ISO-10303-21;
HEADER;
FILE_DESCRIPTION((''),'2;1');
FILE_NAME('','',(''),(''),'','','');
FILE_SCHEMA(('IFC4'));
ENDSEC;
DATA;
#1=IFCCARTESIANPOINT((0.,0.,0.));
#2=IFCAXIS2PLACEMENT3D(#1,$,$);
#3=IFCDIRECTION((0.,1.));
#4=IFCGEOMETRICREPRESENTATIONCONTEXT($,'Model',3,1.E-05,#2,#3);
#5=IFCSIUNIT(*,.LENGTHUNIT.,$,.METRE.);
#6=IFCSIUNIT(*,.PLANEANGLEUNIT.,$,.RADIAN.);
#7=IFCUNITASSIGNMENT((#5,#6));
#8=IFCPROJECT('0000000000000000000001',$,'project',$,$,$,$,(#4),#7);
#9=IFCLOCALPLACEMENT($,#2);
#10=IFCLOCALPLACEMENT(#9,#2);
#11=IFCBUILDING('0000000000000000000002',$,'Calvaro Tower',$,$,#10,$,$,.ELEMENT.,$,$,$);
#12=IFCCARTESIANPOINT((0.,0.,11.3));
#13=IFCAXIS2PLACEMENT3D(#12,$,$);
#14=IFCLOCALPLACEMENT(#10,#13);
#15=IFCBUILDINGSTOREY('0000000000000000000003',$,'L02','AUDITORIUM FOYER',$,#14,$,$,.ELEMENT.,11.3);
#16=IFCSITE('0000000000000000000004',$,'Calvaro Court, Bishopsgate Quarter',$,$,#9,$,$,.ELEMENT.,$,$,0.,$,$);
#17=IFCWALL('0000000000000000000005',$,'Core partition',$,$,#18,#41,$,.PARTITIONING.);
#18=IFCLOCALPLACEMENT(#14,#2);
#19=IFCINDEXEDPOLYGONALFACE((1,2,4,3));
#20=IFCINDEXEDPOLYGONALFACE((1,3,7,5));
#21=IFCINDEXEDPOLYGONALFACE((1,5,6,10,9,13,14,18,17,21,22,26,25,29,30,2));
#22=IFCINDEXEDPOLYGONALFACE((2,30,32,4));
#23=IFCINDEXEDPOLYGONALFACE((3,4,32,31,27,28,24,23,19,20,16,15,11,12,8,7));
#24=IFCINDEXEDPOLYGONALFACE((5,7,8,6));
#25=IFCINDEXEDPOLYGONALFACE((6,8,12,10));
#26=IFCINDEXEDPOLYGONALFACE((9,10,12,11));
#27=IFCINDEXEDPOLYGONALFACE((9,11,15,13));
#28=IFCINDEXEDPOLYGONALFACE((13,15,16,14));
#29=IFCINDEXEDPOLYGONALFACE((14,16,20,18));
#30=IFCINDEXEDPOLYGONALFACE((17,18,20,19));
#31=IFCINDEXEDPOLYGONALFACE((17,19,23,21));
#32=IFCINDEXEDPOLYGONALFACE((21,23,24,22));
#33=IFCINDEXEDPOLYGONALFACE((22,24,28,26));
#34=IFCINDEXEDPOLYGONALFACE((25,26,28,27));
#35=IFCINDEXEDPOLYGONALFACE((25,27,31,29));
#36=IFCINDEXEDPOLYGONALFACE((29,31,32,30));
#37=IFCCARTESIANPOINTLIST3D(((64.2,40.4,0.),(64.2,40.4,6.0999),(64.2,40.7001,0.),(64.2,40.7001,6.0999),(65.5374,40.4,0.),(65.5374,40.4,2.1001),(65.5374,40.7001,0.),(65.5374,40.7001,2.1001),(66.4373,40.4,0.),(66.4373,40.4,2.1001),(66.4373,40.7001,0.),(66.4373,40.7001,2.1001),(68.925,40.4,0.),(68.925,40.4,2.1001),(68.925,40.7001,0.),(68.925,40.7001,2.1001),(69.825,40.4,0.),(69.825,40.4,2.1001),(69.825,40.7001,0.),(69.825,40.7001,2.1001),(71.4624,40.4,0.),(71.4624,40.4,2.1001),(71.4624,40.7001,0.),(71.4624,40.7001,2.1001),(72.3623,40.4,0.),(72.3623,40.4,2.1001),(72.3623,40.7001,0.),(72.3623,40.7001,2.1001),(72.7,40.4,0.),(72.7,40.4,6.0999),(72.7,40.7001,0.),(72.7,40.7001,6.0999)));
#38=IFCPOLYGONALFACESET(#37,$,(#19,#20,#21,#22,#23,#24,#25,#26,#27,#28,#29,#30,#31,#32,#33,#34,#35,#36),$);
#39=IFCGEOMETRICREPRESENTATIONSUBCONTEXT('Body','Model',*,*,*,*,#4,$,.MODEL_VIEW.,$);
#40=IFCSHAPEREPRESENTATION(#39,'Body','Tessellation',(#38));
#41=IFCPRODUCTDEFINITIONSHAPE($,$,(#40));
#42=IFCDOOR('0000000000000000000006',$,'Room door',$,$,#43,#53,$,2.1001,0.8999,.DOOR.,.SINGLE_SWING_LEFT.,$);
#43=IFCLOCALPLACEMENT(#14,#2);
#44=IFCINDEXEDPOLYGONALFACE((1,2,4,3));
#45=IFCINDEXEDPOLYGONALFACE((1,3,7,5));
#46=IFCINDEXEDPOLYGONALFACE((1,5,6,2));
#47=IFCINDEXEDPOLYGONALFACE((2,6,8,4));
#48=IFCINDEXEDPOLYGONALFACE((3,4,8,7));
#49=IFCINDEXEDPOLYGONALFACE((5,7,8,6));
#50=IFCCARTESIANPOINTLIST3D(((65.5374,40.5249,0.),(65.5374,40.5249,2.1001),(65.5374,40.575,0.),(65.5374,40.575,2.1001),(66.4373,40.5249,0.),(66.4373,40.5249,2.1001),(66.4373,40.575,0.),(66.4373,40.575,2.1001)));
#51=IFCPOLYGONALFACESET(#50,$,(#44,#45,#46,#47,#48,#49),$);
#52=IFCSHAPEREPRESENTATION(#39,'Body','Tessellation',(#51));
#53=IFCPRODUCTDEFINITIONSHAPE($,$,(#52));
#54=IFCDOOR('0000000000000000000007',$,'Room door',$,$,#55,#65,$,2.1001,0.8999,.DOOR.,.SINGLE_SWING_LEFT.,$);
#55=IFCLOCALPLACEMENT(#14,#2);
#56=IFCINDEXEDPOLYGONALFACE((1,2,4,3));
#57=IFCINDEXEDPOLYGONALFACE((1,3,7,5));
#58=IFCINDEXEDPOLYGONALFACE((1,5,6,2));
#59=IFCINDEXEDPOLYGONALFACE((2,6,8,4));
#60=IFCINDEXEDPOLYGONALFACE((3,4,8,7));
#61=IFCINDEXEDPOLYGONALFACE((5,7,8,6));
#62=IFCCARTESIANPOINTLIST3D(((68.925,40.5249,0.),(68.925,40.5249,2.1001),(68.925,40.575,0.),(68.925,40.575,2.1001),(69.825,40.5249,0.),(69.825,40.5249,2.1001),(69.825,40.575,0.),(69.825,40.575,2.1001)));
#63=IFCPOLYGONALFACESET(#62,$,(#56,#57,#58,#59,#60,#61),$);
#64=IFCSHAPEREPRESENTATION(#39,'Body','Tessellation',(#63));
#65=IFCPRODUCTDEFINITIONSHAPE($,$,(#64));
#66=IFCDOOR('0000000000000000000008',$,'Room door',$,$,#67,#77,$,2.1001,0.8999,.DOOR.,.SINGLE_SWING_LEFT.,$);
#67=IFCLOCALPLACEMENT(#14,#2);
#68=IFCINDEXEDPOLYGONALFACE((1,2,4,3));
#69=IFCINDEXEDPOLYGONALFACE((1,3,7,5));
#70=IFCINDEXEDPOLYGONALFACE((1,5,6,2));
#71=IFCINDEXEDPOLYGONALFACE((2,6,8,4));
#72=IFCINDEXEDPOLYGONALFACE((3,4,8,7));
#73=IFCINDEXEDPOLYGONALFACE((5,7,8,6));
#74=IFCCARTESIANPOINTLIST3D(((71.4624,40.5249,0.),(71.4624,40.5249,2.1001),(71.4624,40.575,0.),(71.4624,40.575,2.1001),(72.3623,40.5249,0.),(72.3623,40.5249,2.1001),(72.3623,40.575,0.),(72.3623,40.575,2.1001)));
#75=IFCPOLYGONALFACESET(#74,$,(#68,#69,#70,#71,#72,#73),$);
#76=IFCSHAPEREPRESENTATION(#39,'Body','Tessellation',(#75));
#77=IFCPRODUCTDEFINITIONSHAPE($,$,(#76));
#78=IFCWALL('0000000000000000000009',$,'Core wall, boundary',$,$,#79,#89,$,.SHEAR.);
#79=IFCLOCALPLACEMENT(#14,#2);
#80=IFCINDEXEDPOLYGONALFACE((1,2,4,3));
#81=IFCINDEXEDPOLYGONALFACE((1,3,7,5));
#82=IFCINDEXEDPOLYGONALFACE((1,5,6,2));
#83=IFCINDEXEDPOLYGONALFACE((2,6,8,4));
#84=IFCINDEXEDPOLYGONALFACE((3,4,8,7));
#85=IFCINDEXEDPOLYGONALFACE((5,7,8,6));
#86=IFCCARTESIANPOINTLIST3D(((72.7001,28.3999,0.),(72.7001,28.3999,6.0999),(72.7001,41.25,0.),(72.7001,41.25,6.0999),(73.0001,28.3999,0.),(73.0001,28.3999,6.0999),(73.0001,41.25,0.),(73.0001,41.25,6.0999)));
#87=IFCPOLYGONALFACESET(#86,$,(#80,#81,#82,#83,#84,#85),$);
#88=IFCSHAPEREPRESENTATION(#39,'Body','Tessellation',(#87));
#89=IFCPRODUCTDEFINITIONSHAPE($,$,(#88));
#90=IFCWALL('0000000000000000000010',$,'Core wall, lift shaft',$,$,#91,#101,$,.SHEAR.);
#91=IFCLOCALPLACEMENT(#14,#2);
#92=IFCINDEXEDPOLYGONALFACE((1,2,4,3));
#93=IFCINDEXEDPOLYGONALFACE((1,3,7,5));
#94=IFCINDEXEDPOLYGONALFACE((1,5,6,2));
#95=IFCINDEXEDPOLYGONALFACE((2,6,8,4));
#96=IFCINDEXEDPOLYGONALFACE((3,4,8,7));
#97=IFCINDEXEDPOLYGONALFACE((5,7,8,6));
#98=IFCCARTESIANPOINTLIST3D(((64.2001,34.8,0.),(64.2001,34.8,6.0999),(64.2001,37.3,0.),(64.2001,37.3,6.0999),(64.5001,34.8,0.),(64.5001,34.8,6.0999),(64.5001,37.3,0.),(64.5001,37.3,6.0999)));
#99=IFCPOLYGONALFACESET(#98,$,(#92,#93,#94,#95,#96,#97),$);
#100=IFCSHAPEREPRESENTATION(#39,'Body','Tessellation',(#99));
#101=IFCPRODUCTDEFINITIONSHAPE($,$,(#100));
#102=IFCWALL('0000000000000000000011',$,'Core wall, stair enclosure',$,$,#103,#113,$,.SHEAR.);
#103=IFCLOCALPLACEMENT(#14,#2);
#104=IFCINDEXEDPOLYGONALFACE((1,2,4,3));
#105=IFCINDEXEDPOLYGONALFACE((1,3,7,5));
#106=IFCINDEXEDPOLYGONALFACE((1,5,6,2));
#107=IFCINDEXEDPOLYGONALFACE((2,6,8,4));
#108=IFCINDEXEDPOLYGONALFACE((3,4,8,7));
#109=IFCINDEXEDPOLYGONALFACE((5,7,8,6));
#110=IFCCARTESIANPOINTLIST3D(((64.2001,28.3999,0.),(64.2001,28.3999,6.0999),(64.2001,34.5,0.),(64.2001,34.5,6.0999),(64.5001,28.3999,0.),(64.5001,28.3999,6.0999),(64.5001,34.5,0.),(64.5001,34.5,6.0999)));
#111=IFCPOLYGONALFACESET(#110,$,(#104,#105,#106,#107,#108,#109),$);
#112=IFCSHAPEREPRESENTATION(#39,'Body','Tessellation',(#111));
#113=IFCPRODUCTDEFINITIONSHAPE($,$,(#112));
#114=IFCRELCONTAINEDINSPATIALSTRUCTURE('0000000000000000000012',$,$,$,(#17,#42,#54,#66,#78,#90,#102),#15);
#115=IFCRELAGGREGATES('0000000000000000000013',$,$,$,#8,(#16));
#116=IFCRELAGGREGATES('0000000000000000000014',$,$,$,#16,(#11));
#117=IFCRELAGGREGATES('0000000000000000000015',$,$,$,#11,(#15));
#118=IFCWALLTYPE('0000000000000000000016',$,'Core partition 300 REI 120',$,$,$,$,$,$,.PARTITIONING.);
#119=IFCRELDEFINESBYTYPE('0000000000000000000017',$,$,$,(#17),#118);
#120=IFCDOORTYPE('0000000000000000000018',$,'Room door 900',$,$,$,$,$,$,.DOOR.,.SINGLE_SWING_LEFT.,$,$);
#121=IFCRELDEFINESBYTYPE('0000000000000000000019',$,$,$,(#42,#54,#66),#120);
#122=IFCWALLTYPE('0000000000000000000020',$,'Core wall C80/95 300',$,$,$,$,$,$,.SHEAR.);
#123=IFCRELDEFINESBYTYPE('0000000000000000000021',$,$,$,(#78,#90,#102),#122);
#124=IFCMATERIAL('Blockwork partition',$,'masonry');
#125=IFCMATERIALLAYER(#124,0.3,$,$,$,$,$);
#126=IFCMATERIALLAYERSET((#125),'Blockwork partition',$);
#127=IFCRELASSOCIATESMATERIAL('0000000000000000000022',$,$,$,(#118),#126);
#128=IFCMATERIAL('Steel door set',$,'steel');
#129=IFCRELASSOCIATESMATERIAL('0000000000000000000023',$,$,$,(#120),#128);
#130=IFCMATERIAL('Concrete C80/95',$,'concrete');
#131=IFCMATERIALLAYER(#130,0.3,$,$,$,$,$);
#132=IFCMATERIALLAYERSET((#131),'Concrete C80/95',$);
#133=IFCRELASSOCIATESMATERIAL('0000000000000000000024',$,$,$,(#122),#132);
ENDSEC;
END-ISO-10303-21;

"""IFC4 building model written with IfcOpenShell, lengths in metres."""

from ifc_helpers import new_model, si_unit, direction, frame, frame_2d, origin, place, context, subcontext, project, spatial, rectangle, extrude, material, layer, layer_set, type_object, element, fill, save


model = new_model("IFC4")

# Units and contexts
model_context = context("Model", 3, precision=1e-05, world=origin(), true_north=direction((0.0, 1.0)))
body_context = subcontext(model_context, "Body", "Model", "MODEL_VIEW")
ifc_project = project(units=[si_unit("LENGTHUNIT", "METRE"), si_unit("PLANEANGLEUNIT", "RADIAN")], contexts=[model_context])

# Site, building, storey
site_placement = place(None, origin())
site = spatial("IfcSite", under=ifc_project, at=site_placement, Name="Calvaro Court, Bishopsgate Quarter", CompositionType="ELEMENT", RefElevation=0.0)
building_placement = place(site_placement, origin())
building = spatial("IfcBuilding", under=site, at=building_placement, Name="Calvaro Tower", CompositionType="ELEMENT")
storey_placement = place(building_placement, frame((0.0, 0.0, 11.3)))
storey = spatial("IfcBuildingStorey", under=building, at=storey_placement, Name="L02", Description="AUDITORIUM FOYER", CompositionType="ELEMENT", Elevation=11.3)

# Wall, openings, doors
ifc_material_1 = material(Name="Blockwork partition", Category="masonry")
ifc_layer_1 = layer(ifc_material_1, 0.3)
ifc_layer_set_1 = layer_set([ifc_layer_1], Name="Blockwork partition")
wall_type_1 = type_object("IfcWallType", Name="Core partition 300 REI 120", PredefinedType="PARTITIONING", material=ifc_layer_set_1)
wall_1_placement = place(storey_placement, frame((64.2, 40.55, 0.0), z_axis=(0.0, 0.0, 1.0), x_axis=(1.0, 0.0, 0.0)))
wall_1 = element("IfcWall", 1, at=wall_1_placement, inside=storey, type_object=wall_type_1, Name="Core partition", PredefinedType="PARTITIONING", context=body_context, shape_type="SweptSolid", body=[
    extrude(rectangle(XDim=8.5, YDim=0.3, at=frame_2d((4.25, 0.0))), origin(), (0.0, 0.0, 1.0), 6.0999),
])
opening_1_placement = place(wall_1_placement, frame((1.3374, 0.0, 0.0)))
opening_1 = element("IfcOpeningElement", 2, at=opening_1_placement, cuts=wall_1, PredefinedType="OPENING", context=body_context, shape_type="SweptSolid", body=[
    extrude(rectangle(XDim=0.8999, YDim=2.1001, at=frame_2d((0.45, 1.05))), frame((0.0, 0.1599, 0.0), z_axis=(0.0, -1.0, 0.0), x_axis=(1.0, 0.0, 0.0)), (0.0, 0.0, 1.0), 0.3201),
])
opening_2_placement = place(wall_1_placement, frame((4.7251, 0.0, 0.0)))
opening_2 = element("IfcOpeningElement", 3, at=opening_2_placement, cuts=wall_1, PredefinedType="OPENING", context=body_context, shape_type="SweptSolid", body=[
    extrude(rectangle(XDim=0.8999, YDim=2.1001, at=frame_2d((0.45, 1.05))), frame((0.0, 0.1599, 0.0), z_axis=(0.0, -1.0, 0.0), x_axis=(1.0, 0.0, 0.0)), (0.0, 0.0, 1.0), 0.3201),
])
opening_3_placement = place(wall_1_placement, frame((7.2625, 0.0, 0.0)))
opening_3 = element("IfcOpeningElement", 4, at=opening_3_placement, cuts=wall_1, PredefinedType="OPENING", context=body_context, shape_type="SweptSolid", body=[
    extrude(rectangle(XDim=0.8999, YDim=2.1001, at=frame_2d((0.45, 1.05))), frame((0.0, 0.1599, 0.0), z_axis=(0.0, -1.0, 0.0), x_axis=(1.0, 0.0, 0.0)), (0.0, 0.0, 1.0), 0.3201),
])
ifc_material_2 = material(Name="Steel door set", Category="steel")
door_type_1 = type_object("IfcDoorType", Name="Room door 900", OperationType="SINGLE_SWING_LEFT", PredefinedType="DOOR", material=ifc_material_2)
door_1_placement = place(opening_1_placement, origin())
door_1 = element("IfcDoor", 5, at=door_1_placement, inside=storey, type_object=door_type_1, Name="Room door", OperationType="SINGLE_SWING_LEFT", OverallHeight=2.1001, OverallWidth=0.8999, PredefinedType="DOOR", context=body_context, shape_type="SweptSolid", body=[
    extrude(rectangle(XDim=0.8999, YDim=2.1001, at=frame_2d((0.45, 1.05))), frame((0.0, 0.0249, 0.0), z_axis=(0.0, -1.0, 0.0), x_axis=(1.0, 0.0, 0.0)), (0.0, 0.0, 1.0), 0.05),
])
fill(opening_1, door_1)
door_2_placement = place(opening_2_placement, origin())
door_2 = element("IfcDoor", 6, at=door_2_placement, inside=storey, type_object=door_type_1, Name="Room door", OperationType="SINGLE_SWING_LEFT", OverallHeight=2.1001, OverallWidth=0.8999, PredefinedType="DOOR", context=body_context, shape_type="SweptSolid", body=[
    extrude(rectangle(XDim=0.8999, YDim=2.1001, at=frame_2d((0.45, 1.05))), frame((0.0, 0.0249, 0.0), z_axis=(0.0, -1.0, 0.0), x_axis=(1.0, 0.0, 0.0)), (0.0, 0.0, 1.0), 0.05),
])
fill(opening_2, door_2)
door_3_placement = place(opening_3_placement, origin())
door_3 = element("IfcDoor", 7, at=door_3_placement, inside=storey, type_object=door_type_1, Name="Room door", OperationType="SINGLE_SWING_LEFT", OverallHeight=2.1001, OverallWidth=0.8999, PredefinedType="DOOR", context=body_context, shape_type="SweptSolid", body=[
    extrude(rectangle(XDim=0.8999, YDim=2.1001, at=frame_2d((0.45, 1.05))), frame((0.0, 0.0249, 0.0), z_axis=(0.0, -1.0, 0.0), x_axis=(1.0, 0.0, 0.0)), (0.0, 0.0, 1.0), 0.05),
])
fill(opening_3, door_3)

# Walls
ifc_material_3 = material(Name="Concrete C80/95", Category="concrete")
ifc_layer_2 = layer(ifc_material_3, 0.3)
ifc_layer_set_2 = layer_set([ifc_layer_2], Name="Concrete C80/95")
wall_type_2 = type_object("IfcWallType", Name="Core wall C80/95 300", PredefinedType="SHEAR", material=ifc_layer_set_2)
wall_2_placement = place(storey_placement, frame((72.8501, 28.3999, 0.0), z_axis=(0.0, 0.0, 1.0), x_axis=(0.0, 1.0, 0.0)))
element("IfcWall", 8, at=wall_2_placement, inside=storey, type_object=wall_type_2, Name="Core wall, boundary", PredefinedType="SHEAR", context=body_context, shape_type="SweptSolid", body=[
    extrude(rectangle(XDim=12.8501, YDim=0.3, at=frame_2d((6.425, 0.0))), origin(), (0.0, 0.0, 1.0), 6.0999),
])
wall_3_placement = place(storey_placement, frame((64.3501, 34.8, 0.0), z_axis=(0.0, 0.0, 1.0), x_axis=(0.0, 1.0, 0.0)))
element("IfcWall", 9, at=wall_3_placement, inside=storey, type_object=wall_type_2, Name="Core wall, lift shaft", PredefinedType="SHEAR", context=body_context, shape_type="SweptSolid", body=[
    extrude(rectangle(XDim=2.5, YDim=0.3, at=frame_2d((1.25, 0.0))), origin(), (0.0, 0.0, 1.0), 6.0999),
])
wall_4_placement = place(storey_placement, frame((64.3501, 28.3999, 0.0), z_axis=(0.0, 0.0, 1.0), x_axis=(0.0, 1.0, 0.0)))
element("IfcWall", 10, at=wall_4_placement, inside=storey, type_object=wall_type_2, Name="Core wall, stair enclosure", PredefinedType="SHEAR", context=body_context, shape_type="SweptSolid", body=[
    extrude(rectangle(XDim=6.1001, YDim=0.3, at=frame_2d((3.05, 0.0))), origin(), (0.0, 0.0, 1.0), 6.0999),
])

save(model, "model.ifc")
